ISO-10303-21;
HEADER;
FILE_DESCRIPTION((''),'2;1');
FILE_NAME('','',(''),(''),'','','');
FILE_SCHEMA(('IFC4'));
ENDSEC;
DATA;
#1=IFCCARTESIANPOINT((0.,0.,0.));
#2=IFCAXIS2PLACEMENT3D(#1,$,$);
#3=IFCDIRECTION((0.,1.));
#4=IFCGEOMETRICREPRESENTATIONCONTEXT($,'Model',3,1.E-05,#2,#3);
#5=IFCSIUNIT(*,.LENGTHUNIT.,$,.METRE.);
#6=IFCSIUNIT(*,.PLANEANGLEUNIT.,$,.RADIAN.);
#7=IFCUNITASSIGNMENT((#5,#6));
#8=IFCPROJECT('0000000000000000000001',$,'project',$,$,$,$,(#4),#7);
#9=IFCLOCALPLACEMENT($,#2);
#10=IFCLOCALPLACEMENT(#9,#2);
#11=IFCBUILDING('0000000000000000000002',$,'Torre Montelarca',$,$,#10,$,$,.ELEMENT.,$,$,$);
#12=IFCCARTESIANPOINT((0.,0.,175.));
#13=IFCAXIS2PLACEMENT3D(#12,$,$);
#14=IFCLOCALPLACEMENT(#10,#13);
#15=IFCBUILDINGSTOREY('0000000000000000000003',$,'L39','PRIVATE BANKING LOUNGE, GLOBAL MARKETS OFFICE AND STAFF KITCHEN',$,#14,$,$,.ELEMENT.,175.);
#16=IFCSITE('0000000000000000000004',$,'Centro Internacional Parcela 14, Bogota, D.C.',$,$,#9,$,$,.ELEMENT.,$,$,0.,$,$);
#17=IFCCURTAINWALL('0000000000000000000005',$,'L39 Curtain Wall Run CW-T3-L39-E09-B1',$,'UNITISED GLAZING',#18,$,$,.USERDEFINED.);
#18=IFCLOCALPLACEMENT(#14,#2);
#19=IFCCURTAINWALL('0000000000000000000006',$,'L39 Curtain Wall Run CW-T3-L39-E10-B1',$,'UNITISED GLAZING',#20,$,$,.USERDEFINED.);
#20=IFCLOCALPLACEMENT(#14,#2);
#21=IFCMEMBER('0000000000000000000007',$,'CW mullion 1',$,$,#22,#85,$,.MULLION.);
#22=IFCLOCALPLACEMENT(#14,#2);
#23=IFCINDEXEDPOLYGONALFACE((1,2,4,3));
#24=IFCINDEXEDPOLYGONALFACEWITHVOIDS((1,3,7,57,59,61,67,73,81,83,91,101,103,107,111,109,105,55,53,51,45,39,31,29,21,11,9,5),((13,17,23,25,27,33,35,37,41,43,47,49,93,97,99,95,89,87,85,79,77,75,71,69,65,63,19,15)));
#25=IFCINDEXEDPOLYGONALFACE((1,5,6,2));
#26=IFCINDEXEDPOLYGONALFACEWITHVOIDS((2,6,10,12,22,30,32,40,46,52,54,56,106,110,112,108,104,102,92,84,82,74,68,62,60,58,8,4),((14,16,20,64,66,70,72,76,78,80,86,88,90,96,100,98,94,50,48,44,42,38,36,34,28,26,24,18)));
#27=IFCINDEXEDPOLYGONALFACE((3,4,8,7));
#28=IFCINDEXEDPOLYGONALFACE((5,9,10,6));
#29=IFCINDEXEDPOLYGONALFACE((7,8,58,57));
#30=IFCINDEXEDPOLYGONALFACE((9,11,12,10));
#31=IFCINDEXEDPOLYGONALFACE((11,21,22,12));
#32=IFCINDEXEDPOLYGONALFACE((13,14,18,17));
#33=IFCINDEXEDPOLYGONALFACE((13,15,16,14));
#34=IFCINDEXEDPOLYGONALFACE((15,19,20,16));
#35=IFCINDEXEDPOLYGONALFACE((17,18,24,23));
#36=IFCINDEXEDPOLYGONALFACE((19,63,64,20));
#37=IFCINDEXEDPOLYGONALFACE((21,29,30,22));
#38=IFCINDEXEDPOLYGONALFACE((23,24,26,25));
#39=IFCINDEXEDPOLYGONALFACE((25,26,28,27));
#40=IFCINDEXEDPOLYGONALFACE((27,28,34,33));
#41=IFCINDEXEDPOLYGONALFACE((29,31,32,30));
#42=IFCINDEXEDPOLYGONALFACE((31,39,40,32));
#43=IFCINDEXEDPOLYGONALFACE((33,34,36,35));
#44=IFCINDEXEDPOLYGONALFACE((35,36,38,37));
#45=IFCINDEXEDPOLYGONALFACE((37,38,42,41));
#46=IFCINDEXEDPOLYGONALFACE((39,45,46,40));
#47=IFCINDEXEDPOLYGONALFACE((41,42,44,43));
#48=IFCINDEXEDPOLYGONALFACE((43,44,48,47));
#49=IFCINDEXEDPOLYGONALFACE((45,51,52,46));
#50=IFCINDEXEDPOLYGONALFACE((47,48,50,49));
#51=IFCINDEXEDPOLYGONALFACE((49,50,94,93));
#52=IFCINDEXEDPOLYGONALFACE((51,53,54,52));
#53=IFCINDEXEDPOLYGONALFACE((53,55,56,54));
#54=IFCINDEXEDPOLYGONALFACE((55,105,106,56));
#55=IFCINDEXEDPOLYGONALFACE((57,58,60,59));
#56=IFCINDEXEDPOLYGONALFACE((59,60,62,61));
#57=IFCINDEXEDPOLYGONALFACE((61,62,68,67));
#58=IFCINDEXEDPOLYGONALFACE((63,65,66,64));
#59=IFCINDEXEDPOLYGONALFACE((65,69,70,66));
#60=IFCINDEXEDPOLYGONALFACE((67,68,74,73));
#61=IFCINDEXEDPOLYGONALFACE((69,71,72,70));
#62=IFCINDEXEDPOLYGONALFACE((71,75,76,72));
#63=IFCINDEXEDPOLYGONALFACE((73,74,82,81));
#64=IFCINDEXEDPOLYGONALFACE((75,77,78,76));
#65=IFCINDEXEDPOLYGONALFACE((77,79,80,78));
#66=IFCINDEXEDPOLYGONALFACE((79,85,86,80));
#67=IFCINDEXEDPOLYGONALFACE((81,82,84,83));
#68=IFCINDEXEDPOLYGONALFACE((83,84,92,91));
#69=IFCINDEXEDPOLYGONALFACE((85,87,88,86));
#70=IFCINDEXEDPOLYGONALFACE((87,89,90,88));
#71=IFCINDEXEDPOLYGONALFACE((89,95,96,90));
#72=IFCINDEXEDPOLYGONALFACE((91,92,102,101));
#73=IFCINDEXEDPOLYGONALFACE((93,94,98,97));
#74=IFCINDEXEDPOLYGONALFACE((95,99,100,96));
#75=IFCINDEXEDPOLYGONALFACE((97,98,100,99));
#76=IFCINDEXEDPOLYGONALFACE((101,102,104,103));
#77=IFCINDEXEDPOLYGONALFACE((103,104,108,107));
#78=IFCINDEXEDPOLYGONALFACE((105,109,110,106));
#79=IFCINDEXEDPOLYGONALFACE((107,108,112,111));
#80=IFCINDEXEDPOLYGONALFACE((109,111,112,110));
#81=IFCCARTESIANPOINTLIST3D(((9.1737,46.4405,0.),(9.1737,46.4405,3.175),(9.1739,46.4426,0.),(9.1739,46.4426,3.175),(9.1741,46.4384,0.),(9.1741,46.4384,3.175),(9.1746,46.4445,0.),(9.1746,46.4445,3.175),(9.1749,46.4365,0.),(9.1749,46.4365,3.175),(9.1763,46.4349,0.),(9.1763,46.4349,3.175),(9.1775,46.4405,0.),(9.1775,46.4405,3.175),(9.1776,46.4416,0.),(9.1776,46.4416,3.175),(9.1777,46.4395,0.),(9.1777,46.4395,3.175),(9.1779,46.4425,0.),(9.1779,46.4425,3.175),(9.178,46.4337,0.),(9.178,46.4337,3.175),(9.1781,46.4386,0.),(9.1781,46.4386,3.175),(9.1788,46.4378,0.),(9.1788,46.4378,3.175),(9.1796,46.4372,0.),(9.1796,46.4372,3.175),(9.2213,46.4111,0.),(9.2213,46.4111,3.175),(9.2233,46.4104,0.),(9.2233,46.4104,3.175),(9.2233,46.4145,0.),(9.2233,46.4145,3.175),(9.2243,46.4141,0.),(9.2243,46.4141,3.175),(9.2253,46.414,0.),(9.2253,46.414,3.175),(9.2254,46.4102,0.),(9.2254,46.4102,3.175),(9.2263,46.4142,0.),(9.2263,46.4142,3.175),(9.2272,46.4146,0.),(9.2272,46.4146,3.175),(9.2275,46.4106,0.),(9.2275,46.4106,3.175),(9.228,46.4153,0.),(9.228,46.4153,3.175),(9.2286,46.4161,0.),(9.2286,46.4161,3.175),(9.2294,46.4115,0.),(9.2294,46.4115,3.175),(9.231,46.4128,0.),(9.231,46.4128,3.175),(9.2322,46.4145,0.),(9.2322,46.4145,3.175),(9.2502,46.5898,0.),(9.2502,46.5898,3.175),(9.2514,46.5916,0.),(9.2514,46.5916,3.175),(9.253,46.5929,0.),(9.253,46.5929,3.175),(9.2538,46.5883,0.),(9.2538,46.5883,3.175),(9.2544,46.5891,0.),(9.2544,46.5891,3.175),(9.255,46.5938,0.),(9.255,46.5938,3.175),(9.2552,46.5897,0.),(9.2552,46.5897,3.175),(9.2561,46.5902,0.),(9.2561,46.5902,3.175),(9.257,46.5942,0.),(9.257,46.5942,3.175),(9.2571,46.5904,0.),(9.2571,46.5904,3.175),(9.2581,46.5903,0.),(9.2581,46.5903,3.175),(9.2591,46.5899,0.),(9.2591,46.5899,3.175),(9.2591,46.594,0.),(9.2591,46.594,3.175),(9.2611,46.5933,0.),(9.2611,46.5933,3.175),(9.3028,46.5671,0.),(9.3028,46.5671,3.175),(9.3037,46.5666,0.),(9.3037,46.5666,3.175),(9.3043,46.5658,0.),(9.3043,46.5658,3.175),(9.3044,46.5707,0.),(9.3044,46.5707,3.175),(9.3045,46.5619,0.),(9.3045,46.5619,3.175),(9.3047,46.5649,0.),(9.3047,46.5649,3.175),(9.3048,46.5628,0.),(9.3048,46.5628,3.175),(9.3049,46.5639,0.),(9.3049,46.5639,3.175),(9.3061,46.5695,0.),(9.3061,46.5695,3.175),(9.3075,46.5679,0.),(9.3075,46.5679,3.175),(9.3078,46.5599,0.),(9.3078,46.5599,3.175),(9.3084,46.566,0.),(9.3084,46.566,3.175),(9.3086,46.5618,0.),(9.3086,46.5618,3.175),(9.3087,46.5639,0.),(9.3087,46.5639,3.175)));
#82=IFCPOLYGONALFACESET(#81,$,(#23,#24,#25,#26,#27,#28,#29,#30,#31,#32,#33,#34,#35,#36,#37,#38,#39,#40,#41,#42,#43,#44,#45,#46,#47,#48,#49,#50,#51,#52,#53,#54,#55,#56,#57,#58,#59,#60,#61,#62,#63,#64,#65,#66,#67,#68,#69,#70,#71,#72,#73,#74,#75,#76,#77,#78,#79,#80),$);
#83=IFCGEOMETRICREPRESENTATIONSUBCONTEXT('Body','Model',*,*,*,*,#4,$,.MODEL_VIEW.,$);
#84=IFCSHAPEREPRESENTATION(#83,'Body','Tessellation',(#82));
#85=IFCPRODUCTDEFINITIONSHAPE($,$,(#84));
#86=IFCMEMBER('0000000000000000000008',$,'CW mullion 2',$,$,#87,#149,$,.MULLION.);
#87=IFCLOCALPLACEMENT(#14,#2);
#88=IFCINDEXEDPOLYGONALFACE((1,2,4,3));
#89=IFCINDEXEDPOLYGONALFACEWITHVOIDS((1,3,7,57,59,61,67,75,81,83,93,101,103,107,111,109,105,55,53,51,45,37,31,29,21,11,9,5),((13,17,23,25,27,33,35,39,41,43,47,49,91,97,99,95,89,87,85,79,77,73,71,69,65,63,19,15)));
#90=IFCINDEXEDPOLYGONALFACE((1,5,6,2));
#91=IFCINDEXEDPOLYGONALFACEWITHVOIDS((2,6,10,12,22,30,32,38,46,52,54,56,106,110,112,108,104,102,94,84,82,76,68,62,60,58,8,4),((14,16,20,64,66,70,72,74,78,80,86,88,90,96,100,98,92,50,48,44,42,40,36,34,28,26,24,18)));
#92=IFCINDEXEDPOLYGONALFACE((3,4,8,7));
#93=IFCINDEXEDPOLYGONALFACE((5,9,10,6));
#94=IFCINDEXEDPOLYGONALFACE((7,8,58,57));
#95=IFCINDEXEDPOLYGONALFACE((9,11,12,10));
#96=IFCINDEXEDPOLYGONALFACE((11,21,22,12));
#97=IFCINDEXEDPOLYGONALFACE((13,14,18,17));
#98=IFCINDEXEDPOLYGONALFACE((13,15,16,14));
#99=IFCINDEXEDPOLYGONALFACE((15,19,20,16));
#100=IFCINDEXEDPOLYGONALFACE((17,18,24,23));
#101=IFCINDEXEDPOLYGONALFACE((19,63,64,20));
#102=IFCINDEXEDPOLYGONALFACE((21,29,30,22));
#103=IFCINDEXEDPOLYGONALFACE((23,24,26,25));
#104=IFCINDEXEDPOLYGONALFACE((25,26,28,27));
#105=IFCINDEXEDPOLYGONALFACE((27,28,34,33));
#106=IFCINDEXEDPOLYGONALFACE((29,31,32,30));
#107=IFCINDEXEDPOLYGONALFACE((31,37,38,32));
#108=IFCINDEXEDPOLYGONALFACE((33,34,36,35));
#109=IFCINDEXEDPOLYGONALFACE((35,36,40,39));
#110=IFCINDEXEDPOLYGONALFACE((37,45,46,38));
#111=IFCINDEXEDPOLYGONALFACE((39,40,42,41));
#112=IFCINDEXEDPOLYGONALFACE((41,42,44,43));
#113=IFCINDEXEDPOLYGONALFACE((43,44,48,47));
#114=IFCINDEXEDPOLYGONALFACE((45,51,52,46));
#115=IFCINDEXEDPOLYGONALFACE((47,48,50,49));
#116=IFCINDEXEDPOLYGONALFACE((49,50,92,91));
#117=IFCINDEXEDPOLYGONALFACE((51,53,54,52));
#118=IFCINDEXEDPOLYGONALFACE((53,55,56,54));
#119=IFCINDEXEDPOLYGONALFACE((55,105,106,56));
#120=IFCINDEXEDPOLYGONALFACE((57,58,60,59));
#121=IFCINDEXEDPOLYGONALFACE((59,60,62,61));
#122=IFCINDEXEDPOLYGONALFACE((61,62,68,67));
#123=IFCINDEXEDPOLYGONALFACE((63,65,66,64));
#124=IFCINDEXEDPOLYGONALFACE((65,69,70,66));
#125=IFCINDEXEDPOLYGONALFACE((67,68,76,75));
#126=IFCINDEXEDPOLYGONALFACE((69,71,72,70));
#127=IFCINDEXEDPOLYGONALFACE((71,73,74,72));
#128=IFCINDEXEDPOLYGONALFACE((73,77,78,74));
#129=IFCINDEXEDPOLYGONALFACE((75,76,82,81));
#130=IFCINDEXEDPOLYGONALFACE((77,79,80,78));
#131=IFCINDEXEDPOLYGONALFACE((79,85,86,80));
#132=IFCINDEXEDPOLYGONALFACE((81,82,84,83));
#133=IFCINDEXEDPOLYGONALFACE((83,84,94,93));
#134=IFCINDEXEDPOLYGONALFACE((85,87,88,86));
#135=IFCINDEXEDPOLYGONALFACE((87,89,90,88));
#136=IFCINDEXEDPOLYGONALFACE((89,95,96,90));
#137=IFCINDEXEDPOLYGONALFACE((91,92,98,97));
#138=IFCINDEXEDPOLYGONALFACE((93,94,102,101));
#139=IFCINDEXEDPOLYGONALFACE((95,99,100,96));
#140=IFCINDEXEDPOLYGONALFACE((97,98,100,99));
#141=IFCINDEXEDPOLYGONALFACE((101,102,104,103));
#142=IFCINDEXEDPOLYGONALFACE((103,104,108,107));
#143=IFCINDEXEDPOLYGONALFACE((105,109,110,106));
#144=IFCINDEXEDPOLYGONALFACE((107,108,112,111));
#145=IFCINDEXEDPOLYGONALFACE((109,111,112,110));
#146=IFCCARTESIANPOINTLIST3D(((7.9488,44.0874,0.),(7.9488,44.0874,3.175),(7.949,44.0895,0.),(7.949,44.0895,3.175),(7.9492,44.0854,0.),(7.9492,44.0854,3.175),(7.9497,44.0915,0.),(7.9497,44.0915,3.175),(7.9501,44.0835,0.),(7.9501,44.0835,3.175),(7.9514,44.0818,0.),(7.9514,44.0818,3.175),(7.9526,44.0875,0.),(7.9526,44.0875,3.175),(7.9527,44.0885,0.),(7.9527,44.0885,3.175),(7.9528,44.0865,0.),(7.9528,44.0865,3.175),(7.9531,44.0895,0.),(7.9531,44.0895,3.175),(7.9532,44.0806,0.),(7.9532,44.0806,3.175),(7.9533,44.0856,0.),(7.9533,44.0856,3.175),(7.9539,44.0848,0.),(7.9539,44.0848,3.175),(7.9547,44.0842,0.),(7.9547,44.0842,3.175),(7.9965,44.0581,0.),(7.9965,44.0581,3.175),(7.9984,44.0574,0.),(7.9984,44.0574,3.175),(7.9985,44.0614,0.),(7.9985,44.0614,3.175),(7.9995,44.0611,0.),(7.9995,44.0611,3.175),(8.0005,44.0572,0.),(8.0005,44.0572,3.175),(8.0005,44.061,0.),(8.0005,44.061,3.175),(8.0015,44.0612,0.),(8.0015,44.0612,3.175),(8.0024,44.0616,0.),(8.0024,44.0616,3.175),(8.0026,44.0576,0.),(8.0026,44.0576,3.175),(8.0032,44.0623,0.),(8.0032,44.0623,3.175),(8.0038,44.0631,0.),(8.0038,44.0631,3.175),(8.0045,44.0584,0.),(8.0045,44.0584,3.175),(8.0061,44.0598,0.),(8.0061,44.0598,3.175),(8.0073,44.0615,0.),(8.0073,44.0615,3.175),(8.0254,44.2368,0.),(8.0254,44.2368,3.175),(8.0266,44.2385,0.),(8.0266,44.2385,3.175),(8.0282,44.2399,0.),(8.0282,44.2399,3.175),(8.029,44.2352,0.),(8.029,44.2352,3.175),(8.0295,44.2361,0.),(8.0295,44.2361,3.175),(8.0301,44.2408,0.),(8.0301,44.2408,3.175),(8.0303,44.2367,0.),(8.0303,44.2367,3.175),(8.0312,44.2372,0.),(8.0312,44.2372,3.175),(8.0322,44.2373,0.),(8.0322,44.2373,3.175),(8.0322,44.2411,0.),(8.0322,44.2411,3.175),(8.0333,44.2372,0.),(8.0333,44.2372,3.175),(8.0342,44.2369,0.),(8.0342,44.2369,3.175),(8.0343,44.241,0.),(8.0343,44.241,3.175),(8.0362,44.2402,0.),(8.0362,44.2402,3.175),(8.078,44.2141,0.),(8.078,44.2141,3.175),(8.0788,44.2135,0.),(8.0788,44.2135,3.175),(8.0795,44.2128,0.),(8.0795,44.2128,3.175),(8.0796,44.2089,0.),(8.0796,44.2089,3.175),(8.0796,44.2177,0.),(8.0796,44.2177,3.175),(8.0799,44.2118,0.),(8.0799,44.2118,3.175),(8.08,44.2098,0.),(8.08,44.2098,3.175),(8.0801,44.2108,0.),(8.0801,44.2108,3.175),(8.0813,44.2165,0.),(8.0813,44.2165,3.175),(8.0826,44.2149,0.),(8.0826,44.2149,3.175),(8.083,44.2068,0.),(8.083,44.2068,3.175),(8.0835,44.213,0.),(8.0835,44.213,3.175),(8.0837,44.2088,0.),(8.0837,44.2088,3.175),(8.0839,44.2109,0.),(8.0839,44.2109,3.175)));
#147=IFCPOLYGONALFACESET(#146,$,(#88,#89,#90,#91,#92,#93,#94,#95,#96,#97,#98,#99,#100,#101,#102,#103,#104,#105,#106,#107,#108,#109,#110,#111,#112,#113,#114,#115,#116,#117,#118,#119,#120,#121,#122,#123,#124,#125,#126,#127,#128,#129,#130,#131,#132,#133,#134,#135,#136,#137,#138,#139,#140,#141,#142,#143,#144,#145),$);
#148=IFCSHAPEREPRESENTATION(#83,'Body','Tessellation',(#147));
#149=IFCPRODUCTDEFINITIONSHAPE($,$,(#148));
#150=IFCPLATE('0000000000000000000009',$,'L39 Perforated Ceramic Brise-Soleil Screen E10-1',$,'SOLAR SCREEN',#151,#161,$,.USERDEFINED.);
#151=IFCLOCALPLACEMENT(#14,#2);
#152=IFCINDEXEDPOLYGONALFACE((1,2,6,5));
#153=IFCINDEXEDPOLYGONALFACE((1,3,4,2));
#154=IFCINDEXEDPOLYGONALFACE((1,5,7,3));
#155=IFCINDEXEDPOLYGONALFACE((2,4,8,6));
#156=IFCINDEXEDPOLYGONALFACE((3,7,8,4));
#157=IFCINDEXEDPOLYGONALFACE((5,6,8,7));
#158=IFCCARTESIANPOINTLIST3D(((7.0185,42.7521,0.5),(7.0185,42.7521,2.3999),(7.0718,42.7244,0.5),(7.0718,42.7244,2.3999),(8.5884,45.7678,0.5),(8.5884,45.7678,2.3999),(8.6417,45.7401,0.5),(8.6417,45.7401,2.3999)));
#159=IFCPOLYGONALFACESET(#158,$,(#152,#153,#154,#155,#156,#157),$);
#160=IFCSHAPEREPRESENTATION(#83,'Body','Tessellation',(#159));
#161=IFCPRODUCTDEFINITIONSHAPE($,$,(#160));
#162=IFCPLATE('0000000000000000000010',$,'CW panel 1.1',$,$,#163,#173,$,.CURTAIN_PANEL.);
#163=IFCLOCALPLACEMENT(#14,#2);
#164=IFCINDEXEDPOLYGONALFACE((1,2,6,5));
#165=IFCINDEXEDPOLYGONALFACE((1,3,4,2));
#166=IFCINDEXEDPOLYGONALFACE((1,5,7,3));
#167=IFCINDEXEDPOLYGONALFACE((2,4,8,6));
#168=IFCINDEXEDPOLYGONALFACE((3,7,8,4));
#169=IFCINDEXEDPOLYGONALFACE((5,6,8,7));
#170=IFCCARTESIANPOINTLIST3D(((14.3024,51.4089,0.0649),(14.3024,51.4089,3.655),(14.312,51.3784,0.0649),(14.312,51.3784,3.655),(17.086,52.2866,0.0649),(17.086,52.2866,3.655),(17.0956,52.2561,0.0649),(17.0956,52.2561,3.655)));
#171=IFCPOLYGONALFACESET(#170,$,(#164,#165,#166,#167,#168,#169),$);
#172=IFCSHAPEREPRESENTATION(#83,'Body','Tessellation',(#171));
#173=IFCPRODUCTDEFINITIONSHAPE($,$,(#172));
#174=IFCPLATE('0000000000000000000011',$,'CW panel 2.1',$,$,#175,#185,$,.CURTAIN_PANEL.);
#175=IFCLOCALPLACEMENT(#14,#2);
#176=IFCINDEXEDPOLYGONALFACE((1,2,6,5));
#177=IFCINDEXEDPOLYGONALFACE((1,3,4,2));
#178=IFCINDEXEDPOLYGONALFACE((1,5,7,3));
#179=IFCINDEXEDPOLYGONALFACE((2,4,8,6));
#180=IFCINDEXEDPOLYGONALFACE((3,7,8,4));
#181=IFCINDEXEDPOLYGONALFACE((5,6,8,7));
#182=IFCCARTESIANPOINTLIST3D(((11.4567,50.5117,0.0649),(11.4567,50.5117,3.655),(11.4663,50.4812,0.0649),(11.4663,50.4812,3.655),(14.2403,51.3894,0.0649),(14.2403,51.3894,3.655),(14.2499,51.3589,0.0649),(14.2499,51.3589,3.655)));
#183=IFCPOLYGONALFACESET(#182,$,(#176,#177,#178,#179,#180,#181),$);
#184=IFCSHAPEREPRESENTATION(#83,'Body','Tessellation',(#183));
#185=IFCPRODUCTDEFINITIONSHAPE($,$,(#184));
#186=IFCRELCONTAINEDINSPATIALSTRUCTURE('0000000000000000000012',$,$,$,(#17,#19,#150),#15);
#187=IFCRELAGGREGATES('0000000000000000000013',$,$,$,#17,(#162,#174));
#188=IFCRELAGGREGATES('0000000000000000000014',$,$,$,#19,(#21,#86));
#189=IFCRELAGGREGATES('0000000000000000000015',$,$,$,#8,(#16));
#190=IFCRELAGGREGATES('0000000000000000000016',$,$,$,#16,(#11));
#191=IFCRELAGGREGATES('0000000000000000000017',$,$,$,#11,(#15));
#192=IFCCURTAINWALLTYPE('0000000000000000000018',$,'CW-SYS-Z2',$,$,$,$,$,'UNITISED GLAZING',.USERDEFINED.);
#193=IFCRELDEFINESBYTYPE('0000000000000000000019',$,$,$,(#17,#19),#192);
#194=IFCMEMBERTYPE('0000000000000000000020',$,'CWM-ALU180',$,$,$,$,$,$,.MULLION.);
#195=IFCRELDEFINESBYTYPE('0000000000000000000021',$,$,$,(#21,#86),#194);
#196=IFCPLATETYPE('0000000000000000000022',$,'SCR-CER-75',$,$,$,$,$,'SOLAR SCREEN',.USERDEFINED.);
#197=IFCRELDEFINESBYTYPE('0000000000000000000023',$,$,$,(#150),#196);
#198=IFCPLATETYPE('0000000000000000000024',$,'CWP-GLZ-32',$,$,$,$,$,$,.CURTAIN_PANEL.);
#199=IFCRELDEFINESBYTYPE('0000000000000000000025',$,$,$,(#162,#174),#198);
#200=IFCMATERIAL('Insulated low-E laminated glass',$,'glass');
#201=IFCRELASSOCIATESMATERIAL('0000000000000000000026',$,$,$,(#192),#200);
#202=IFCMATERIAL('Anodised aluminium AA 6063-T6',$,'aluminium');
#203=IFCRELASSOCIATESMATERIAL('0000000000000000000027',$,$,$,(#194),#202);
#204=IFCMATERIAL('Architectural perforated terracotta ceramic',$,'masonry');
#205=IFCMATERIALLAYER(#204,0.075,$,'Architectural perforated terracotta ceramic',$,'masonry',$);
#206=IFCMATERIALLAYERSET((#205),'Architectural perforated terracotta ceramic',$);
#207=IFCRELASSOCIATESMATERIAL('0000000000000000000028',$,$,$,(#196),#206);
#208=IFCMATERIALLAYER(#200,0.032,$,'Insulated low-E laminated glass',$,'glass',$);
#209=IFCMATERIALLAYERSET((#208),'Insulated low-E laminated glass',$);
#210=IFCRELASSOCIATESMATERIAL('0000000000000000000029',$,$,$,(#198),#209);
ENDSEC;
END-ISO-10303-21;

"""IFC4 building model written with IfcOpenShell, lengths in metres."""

from ifc_helpers import new_model, si_unit, direction, frame, origin, origin_2d, place, context, subcontext, project, spatial, rectangle, hollow_rectangle, extrude, source, transform, mapped, material, layer, layer_set, material_profile, profile_set, type_object, element, aggregate, save


model = new_model("IFC4")

# Units and contexts
model_context = context("Model", 3, precision=1e-05, world=origin(), true_north=direction((0.0, 1.0)))
body_context = subcontext(model_context, "Body", "Model", "MODEL_VIEW")
ifc_project = project(units=[si_unit("LENGTHUNIT", "METRE"), si_unit("PLANEANGLEUNIT", "RADIAN")], contexts=[model_context])

# Site, building, storey
site_placement = place(None, origin())
site = spatial("IfcSite", under=ifc_project, at=site_placement, Name="Centro Internacional Parcela 14, Bogota, D.C.", CompositionType="ELEMENT", RefElevation=0.0)
building_placement = place(site_placement, origin())
building = spatial("IfcBuilding", under=site, at=building_placement, Name="Torre Montelarca", CompositionType="ELEMENT")
storey_placement = place(building_placement, frame((0.0, 0.0, 175.0)))
storey = spatial("IfcBuildingStorey", under=building, at=storey_placement, Name="L39", Description="PRIVATE BANKING LOUNGE, GLOBAL MARKETS OFFICE AND STAFF KITCHEN", CompositionType="ELEMENT", Elevation=175.0)

# Curtain walls
ifc_material_1 = material(Name="Insulated low-E laminated glass", Category="glass")
curtain_wall_type = type_object("IfcCurtainWallType", Name="CW-SYS-Z2", ElementType="UNITISED GLAZING", PredefinedType="USERDEFINED", material=ifc_material_1)
curtain_wall_1_placement = place(storey_placement, origin())
curtain_wall_1 = element("IfcCurtainWall", 1, at=curtain_wall_1_placement, inside=storey, type_object=curtain_wall_type, Name="L39 Curtain Wall Run CW-T3-L39-E09-B1", ObjectType="UNITISED GLAZING", PredefinedType="USERDEFINED")
ifc_material_2 = material(Name="Anodised aluminium AA 6063-T6", Category="aluminium")
curtain_wall_2_placement = place(storey_placement, origin())
curtain_wall_2 = element("IfcCurtainWall", 2, at=curtain_wall_2_placement, inside=storey, type_object=curtain_wall_type, Name="L39 Curtain Wall Run CW-T3-L39-E10-B1", ObjectType="UNITISED GLAZING", PredefinedType="USERDEFINED")

# Members
ifc_material_profile_1 = material_profile(ifc_material_2, hollow_rectangle(XDim=0.0649, YDim=0.1799, WallThickness=0.0039, InnerFilletRadius=0.0039, OuterFilletRadius=0.0081, at=origin_2d()), Name="ALU65X180X4", Category="aluminium")
ifc_profile_set_1 = profile_set([ifc_material_profile_1], Name="Anodised aluminium AA 6063-T6")
member_type_1 = type_object("IfcMemberType", Name="CWM-ALU180", PredefinedType="MULLION", material=ifc_profile_set_1)
shared_shape_1 = source(origin(), body_context, "Body", "SweptSolid", [
    extrude(hollow_rectangle(XDim=0.0649, YDim=0.1799, WallThickness=0.0039, InnerFilletRadius=0.0039, OuterFilletRadius=0.0081, at=origin_2d()), origin(), (0.0, 0.0, 1.0), 3.175),
])
member_1_placement = place(storey_placement, frame((9.2412, 46.5022, 0.0), z_axis=(0.0, 0.0, 1.0), x_axis=(0.887013, -0.461744, 0.0)))
member_1 = element("IfcMember", 3, at=member_1_placement, type_object=member_type_1, Name="CW mullion 1", PredefinedType="MULLION", context=body_context, shape_type="MappedRepresentation", body=[
    mapped(shared_shape_1, transform((0.0, 0.0, 0.0), scale=1.0)),
])
member_2_placement = place(storey_placement, frame((8.0164, 44.1492, 0.0), z_axis=(0.0, 0.0, 1.0), x_axis=(0.887013, -0.461744, 0.0)))
member_2 = element("IfcMember", 4, at=member_2_placement, type_object=member_type_1, Name="CW mullion 2", PredefinedType="MULLION", context=body_context, shape_type="MappedRepresentation", body=[
    mapped(shared_shape_1, transform((0.0, 0.0, 0.0), scale=1.0)),
])

# Plates
ifc_material_3 = material(Name="Architectural perforated terracotta ceramic", Category="masonry")
ifc_layer_1 = layer(ifc_material_3, 0.075, Name="Architectural perforated terracotta ceramic", Category="masonry")
ifc_layer_set_1 = layer_set([ifc_layer_1], Name="Architectural perforated terracotta ceramic")
plate_type_1 = type_object("IfcPlateType", Name="SCR-CER-75", ElementType="SOLAR SCREEN", PredefinedType="USERDEFINED", material=ifc_layer_set_1)
shared_shape_2 = source(origin(), body_context, "Body", "SweptSolid", [
    extrude(rectangle(XDim=3.3999, YDim=0.0601, at=origin_2d()), origin(), (0.0, 0.0, 1.0), 1.8999),
])
plate_1_placement = place(storey_placement, frame((7.8301, 44.2461, 0.5), z_axis=(0.0, 0.0, 1.0), x_axis=(-0.461747, -0.887012, 0.0)))
element("IfcPlate", 5, at=plate_1_placement, inside=storey, type_object=plate_type_1, Name="L39 Perforated Ceramic Brise-Soleil Screen E10-1", ObjectType="SOLAR SCREEN", PredefinedType="USERDEFINED", context=body_context, shape_type="MappedRepresentation", body=[
    mapped(shared_shape_2, transform((0.0, 0.0, 0.0), scale=1.0)),
])
ifc_layer_2 = layer(ifc_material_1, 0.032, Name="Insulated low-E laminated glass", Category="glass")
ifc_layer_set_2 = layer_set([ifc_layer_2], Name="Insulated low-E laminated glass")
plate_type_2 = type_object("IfcPlateType", Name="CWP-GLZ-32", PredefinedType="CURTAIN_PANEL", material=ifc_layer_set_2)
shared_shape_3 = source(origin(), body_context, "Body", "SweptSolid", [
    extrude(rectangle(XDim=2.9187, YDim=0.032, at=origin_2d()), origin(), (0.0, 0.0, 1.0), 3.5901),
])
plate_2_placement = place(storey_placement, frame((15.699, 51.8325, 0.0649), z_axis=(0.0, 0.0, 1.0), x_axis=(-0.953719, -0.300699, 0.0)))
plate_2 = element("IfcPlate", 6, at=plate_2_placement, type_object=plate_type_2, Name="CW panel 1.1", PredefinedType="CURTAIN_PANEL", context=body_context, shape_type="MappedRepresentation", body=[
    mapped(shared_shape_3, transform((0.0, 0.0, 0.0), scale=1.0)),
])
plate_3_placement = place(storey_placement, frame((12.8533, 50.9353, 0.0649), z_axis=(0.0, 0.0, 1.0), x_axis=(-0.953719, -0.300699, 0.0)))
plate_3 = element("IfcPlate", 7, at=plate_3_placement, type_object=plate_type_2, Name="CW panel 2.1", PredefinedType="CURTAIN_PANEL", context=body_context, shape_type="MappedRepresentation", body=[
    mapped(shared_shape_3, transform((0.0, 0.0, 0.0), scale=1.0)),
])
aggregate(curtain_wall_1, [plate_2, plate_3])
aggregate(curtain_wall_2, [member_1, member_2])

save(model, "model.ifc")
